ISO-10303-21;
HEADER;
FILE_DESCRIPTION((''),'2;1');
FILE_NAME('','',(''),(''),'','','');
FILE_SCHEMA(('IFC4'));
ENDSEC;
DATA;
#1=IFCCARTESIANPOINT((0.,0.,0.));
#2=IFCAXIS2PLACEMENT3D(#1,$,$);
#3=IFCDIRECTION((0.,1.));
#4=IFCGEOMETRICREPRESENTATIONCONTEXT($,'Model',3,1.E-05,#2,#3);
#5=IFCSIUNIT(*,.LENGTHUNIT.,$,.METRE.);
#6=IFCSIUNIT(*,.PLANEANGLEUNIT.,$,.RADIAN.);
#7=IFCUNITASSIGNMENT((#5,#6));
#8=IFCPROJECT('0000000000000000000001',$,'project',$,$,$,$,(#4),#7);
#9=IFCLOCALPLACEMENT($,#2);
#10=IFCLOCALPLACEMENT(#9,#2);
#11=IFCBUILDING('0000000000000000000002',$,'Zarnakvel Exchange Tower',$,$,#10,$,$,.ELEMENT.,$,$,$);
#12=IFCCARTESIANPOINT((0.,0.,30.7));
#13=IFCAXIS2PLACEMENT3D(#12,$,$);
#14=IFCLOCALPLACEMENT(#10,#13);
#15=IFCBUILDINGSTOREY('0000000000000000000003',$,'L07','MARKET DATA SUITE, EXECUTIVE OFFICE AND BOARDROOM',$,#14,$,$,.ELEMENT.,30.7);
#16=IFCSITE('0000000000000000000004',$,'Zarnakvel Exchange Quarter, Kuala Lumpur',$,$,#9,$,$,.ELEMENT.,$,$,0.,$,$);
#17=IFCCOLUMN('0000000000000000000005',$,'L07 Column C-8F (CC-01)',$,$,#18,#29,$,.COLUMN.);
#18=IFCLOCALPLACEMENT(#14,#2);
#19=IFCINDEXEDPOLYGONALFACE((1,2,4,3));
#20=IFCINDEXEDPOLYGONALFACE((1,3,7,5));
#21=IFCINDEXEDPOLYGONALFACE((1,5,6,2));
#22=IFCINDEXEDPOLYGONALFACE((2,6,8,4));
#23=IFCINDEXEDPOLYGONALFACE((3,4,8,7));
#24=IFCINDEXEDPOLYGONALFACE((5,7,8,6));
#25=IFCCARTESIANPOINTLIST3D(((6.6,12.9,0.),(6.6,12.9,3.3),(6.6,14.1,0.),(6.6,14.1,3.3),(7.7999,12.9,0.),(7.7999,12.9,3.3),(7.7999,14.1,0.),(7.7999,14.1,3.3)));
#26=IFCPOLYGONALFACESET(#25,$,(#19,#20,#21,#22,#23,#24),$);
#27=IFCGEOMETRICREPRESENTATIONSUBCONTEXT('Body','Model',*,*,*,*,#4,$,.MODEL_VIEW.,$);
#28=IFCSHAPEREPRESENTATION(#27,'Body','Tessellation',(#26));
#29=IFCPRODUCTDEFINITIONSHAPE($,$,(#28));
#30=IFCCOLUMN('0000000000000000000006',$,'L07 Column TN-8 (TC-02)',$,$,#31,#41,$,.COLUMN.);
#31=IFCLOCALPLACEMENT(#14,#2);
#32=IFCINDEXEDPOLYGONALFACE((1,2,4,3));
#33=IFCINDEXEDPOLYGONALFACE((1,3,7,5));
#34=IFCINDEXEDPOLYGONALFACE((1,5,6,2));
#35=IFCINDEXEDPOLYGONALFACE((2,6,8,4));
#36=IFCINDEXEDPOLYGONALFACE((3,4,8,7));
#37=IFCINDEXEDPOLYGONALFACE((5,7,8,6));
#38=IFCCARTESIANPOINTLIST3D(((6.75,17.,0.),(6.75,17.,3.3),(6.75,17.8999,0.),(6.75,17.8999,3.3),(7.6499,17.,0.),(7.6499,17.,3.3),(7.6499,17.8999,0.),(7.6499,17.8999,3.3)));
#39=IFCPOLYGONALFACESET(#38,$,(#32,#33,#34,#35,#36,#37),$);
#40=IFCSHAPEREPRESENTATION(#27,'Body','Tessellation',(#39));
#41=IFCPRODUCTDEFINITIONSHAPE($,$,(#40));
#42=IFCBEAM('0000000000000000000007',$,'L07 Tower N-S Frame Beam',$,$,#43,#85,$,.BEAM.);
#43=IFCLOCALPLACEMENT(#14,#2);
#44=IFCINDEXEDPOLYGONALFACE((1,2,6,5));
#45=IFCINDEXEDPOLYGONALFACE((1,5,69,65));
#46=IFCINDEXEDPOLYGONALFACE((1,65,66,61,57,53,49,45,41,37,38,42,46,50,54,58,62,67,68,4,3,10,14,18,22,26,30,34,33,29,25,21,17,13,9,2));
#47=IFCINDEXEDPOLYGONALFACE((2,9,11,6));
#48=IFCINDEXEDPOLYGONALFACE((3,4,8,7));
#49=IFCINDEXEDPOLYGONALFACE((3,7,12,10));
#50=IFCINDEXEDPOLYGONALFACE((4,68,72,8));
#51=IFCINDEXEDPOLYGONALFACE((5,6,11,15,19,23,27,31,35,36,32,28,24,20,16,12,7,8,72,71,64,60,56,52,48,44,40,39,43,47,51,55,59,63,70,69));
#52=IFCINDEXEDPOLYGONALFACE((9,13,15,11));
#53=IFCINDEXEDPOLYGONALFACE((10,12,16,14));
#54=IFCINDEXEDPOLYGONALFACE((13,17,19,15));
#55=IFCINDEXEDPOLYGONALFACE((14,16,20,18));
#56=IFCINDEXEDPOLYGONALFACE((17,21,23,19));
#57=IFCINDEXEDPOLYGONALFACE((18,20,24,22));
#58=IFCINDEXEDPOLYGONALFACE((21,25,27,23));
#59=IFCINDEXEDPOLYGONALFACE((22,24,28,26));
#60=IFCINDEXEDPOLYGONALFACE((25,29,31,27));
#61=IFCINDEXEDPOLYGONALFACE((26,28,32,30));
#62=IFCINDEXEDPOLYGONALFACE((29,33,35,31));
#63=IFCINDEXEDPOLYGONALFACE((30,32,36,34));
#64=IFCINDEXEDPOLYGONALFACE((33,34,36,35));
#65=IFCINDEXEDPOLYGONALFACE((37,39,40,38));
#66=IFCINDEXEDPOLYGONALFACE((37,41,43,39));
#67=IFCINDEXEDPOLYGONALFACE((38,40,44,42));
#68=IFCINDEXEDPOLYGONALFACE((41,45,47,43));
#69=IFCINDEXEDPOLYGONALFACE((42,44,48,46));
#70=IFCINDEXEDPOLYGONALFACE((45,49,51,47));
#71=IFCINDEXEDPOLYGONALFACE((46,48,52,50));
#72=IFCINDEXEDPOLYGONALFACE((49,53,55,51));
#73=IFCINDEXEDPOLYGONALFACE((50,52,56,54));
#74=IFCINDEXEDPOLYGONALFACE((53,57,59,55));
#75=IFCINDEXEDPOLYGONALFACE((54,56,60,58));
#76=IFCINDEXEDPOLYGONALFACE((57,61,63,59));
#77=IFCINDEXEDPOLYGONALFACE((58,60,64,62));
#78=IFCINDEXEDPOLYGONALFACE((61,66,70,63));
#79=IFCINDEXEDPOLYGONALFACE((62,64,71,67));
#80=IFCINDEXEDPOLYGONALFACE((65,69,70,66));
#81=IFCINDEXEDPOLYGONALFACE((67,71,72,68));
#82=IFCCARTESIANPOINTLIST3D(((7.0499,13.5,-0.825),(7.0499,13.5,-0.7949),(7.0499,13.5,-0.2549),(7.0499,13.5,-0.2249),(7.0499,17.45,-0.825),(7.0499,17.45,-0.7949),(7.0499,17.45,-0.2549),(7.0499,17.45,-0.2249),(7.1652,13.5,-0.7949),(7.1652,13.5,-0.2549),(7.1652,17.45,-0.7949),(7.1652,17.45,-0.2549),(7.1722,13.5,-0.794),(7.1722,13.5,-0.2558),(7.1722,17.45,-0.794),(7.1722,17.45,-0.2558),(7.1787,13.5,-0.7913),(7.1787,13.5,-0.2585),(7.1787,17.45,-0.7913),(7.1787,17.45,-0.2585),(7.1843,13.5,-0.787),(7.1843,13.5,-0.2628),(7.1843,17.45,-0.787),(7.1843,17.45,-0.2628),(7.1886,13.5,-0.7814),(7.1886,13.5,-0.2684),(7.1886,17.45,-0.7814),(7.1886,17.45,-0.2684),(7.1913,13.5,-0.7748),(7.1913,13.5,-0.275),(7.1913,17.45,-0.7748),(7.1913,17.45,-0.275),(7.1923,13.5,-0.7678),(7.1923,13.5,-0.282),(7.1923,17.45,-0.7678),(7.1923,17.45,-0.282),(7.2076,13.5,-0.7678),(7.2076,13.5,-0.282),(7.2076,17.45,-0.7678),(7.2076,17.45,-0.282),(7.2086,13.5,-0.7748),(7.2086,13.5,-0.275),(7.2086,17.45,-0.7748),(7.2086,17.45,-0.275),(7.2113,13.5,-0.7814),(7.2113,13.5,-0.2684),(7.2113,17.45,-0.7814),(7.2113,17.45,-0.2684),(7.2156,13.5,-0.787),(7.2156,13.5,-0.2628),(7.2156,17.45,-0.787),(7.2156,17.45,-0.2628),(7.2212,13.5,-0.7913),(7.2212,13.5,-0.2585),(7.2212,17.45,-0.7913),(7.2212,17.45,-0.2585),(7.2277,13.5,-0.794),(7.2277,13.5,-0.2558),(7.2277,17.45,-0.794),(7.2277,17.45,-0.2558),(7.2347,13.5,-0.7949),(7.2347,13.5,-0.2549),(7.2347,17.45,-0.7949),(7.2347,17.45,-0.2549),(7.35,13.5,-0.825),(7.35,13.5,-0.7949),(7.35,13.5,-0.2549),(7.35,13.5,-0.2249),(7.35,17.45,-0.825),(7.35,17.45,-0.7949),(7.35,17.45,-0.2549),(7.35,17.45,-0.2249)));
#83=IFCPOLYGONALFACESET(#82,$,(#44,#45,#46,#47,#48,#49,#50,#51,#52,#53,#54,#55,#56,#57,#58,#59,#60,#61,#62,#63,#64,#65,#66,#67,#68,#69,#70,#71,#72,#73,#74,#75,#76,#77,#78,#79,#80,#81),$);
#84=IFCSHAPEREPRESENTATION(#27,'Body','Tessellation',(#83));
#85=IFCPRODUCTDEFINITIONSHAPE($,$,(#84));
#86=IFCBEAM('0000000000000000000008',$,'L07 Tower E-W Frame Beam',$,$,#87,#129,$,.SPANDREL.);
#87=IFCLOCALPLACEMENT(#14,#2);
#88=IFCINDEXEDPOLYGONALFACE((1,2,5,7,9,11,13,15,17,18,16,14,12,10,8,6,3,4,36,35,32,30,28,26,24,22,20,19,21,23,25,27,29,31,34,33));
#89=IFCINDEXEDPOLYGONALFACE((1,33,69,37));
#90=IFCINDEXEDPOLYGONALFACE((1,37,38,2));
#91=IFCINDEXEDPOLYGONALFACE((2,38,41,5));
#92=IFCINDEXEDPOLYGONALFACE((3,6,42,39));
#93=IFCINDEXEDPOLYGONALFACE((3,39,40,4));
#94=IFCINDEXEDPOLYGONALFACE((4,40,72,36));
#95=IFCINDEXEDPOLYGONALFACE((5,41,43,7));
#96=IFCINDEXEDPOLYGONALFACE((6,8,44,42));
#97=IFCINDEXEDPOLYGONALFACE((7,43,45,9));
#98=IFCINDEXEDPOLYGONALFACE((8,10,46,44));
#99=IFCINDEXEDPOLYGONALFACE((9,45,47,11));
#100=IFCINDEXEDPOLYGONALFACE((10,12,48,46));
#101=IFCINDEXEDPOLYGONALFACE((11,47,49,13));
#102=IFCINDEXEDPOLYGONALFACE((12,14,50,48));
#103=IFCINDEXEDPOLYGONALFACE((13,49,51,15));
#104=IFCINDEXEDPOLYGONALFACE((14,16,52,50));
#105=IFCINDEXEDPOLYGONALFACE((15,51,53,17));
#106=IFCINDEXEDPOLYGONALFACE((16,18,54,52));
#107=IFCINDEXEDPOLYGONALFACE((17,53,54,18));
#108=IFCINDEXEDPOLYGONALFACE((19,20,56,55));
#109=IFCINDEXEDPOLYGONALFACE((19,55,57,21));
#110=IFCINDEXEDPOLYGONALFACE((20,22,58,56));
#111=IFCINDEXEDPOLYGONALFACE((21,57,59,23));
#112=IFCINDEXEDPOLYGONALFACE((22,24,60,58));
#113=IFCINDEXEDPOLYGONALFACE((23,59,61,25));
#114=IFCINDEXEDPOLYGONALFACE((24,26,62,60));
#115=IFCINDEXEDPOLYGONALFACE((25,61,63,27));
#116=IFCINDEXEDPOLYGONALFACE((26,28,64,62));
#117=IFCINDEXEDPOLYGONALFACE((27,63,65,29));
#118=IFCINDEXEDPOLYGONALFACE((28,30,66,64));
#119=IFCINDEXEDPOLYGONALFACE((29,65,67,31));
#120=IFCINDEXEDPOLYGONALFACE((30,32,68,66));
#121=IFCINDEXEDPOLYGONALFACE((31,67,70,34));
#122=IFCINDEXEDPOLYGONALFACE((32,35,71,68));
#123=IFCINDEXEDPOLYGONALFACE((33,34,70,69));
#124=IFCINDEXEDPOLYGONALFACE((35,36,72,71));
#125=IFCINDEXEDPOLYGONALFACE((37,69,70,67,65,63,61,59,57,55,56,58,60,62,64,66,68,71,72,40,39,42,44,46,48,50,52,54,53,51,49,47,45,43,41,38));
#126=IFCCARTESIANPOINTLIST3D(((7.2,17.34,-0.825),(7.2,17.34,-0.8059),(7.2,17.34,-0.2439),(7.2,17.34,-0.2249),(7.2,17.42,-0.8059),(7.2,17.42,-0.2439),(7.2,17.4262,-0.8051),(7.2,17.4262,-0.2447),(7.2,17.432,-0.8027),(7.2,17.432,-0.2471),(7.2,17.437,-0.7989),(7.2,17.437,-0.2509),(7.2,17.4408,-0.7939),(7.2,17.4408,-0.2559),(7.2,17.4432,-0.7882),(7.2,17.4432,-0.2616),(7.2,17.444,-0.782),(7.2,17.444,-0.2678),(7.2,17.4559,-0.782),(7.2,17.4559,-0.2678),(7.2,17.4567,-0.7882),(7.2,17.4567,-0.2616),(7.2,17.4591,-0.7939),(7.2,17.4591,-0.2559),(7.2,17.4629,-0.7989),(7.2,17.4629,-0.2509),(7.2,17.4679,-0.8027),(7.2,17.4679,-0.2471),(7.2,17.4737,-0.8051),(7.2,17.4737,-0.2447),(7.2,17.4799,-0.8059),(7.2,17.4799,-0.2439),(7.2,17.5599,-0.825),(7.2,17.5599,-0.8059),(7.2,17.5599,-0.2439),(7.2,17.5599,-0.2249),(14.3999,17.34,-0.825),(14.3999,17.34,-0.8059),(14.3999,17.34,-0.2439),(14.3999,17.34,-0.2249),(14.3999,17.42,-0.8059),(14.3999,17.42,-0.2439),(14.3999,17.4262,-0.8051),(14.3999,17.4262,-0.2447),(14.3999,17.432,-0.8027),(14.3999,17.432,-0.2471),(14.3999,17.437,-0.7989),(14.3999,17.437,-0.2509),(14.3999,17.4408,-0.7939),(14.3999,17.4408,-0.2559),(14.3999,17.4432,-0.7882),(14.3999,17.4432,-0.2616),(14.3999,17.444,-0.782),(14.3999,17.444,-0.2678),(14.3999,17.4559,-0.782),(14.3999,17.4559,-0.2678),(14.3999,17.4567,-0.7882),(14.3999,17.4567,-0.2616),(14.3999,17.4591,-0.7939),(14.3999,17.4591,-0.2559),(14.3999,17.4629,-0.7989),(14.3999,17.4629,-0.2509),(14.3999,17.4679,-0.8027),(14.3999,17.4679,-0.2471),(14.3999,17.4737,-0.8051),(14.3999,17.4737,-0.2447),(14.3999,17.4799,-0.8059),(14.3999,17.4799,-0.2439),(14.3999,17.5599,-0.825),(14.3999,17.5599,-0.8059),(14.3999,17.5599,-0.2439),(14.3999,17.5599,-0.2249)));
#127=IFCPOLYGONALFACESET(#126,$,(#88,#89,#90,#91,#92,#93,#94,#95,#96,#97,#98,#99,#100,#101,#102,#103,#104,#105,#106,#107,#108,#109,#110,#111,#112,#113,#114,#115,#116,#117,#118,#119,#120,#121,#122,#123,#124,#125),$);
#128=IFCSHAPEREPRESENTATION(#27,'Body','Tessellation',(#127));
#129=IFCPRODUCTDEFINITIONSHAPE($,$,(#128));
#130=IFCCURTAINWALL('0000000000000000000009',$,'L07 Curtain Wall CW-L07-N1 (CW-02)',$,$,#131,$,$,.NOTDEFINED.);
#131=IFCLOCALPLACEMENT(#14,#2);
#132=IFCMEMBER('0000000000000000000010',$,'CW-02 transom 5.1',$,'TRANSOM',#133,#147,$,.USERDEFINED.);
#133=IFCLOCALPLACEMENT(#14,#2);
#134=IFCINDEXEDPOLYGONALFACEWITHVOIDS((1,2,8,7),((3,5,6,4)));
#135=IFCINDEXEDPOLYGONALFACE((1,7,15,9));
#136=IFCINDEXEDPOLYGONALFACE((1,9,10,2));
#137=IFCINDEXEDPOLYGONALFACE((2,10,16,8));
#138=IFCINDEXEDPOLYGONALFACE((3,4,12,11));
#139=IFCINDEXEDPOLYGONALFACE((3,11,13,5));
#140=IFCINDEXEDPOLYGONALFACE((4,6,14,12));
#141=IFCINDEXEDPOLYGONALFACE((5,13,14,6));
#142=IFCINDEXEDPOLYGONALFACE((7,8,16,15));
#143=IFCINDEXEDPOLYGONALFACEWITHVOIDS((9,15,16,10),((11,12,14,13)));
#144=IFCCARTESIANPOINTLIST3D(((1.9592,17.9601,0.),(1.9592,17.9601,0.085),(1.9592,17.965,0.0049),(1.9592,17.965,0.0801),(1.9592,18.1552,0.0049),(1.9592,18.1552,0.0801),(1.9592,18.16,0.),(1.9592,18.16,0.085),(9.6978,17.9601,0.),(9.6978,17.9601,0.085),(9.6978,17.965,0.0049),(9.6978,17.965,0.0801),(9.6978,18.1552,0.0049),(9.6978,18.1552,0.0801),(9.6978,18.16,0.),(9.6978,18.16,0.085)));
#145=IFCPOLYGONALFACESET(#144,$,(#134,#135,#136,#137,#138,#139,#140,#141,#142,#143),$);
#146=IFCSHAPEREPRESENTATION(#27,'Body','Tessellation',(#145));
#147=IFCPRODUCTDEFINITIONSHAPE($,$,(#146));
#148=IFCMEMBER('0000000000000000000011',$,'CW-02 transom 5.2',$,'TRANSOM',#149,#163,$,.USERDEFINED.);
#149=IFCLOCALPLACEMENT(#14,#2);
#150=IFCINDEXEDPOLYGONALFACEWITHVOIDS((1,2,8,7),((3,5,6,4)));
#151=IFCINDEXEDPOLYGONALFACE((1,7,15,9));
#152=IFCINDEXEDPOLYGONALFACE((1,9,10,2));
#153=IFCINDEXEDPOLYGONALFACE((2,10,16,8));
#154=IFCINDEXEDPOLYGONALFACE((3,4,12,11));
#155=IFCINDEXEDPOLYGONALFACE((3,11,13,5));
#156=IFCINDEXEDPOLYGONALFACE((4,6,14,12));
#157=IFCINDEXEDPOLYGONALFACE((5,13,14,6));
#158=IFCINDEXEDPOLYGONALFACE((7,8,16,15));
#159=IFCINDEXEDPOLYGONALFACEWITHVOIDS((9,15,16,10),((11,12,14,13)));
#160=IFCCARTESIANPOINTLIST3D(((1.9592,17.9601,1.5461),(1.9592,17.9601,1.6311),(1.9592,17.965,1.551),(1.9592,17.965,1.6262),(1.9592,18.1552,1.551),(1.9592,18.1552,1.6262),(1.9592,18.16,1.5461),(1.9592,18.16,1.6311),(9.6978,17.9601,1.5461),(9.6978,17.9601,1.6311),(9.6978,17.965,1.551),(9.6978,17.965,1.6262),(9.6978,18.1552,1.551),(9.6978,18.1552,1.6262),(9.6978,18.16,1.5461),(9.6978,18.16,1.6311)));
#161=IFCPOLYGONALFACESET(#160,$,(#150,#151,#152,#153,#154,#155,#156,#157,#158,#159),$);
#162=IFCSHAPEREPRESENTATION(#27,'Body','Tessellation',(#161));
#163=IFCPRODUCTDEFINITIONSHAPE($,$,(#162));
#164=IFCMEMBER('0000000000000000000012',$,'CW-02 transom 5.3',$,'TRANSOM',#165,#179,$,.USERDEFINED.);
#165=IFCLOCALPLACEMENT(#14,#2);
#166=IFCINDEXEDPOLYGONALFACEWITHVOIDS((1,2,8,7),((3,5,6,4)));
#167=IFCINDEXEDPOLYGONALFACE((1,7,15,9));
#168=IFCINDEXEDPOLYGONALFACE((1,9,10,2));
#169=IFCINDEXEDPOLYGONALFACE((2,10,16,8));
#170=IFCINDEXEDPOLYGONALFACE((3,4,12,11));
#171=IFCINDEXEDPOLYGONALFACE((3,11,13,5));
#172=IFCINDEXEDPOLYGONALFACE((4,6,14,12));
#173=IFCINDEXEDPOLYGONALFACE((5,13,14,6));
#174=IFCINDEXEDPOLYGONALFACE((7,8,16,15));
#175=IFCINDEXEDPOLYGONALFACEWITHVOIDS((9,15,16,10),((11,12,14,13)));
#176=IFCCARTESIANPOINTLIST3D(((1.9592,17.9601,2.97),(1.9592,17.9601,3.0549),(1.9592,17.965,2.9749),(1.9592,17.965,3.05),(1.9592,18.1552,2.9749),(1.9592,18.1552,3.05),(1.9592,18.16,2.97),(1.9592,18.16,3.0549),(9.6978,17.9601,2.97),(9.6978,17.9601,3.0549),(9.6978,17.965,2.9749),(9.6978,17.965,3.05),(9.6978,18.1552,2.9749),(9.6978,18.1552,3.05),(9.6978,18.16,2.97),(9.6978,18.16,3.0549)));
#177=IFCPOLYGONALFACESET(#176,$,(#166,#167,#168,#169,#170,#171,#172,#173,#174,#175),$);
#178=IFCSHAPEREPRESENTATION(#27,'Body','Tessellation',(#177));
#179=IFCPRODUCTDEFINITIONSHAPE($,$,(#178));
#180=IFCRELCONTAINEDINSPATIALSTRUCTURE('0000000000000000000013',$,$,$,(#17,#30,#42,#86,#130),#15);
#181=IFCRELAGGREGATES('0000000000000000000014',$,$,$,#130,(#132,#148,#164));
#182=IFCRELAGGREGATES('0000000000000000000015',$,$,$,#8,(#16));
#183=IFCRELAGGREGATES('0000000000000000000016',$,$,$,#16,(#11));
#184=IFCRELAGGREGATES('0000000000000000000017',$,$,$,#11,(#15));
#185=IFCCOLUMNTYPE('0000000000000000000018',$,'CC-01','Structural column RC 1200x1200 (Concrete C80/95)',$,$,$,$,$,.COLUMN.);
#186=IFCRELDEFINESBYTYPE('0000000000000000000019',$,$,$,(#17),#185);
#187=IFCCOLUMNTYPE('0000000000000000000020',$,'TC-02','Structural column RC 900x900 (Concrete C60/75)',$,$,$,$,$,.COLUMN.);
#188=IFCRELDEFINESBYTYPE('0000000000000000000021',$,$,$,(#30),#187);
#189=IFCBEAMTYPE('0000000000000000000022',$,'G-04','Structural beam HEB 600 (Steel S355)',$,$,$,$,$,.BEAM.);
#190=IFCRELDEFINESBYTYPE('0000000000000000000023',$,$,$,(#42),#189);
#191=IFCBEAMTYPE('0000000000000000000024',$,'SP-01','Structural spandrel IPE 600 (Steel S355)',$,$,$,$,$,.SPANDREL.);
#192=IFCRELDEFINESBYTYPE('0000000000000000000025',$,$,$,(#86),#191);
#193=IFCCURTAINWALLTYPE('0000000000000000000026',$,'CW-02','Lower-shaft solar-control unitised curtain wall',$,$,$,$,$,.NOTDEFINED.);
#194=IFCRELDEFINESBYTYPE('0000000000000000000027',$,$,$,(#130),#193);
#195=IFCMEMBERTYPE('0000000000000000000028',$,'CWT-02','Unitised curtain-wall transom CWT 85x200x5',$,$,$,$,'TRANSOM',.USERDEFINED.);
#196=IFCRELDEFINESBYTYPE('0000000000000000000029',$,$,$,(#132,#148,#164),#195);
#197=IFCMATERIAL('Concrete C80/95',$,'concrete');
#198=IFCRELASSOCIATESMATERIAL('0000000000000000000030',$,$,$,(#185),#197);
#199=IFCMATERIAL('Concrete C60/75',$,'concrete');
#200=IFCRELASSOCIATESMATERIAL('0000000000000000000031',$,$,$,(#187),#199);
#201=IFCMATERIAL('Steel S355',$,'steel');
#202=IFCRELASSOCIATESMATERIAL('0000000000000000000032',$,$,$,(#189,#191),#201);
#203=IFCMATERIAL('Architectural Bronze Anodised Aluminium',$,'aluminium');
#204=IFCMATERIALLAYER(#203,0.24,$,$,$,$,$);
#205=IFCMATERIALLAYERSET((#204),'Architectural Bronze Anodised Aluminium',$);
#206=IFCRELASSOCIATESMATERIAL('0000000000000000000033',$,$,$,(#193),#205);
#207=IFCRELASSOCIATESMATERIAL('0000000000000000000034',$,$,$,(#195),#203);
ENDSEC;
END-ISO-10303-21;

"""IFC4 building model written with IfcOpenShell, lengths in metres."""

from ifc_helpers import new_model, si_unit, direction, frame, origin, origin_2d, place, context, subcontext, project, spatial, rectangle, hollow_rectangle, i_section, extrude, source, transform, mapped, material, layer, layer_set, material_profile, profile_set, type_object, element, aggregate, save


model = new_model("IFC4")

# Units and contexts
model_context = context("Model", 3, precision=1e-05, world=origin(), true_north=direction((0.0, 1.0)))
body_context = subcontext(model_context, "Body", "Model", "MODEL_VIEW")
ifc_project = project(units=[si_unit("LENGTHUNIT", "METRE"), si_unit("PLANEANGLEUNIT", "RADIAN")], contexts=[model_context])

# Site, building, storey
site_placement = place(None, origin())
site = spatial("IfcSite", under=ifc_project, at=site_placement, Name="Zarnakvel Exchange Quarter, Kuala Lumpur", CompositionType="ELEMENT", RefElevation=0.0)
building_placement = place(site_placement, origin())
building = spatial("IfcBuilding", under=site, at=building_placement, Name="Zarnakvel Exchange Tower", CompositionType="ELEMENT")
storey_placement = place(building_placement, frame((0.0, 0.0, 30.7)))
storey = spatial("IfcBuildingStorey", under=building, at=storey_placement, Name="L07", Description="MARKET DATA SUITE, EXECUTIVE OFFICE AND BOARDROOM", CompositionType="ELEMENT", Elevation=30.7)

# Columns
ifc_material_1 = material(Name="Concrete C80/95", Category="concrete")
ifc_material_profile_1 = material_profile(ifc_material_1, rectangle(XDim=1.2, YDim=1.2, at=origin_2d()))
ifc_profile_set_1 = profile_set([ifc_material_profile_1], Name="Concrete C80/95")
column_type_1 = type_object("IfcColumnType", Name="CC-01", Description="Structural column RC 1200x1200 (Concrete C80/95)", PredefinedType="COLUMN", material=ifc_profile_set_1)
column_1_placement = place(storey_placement, frame((7.2, 13.5, 0.0), z_axis=(0.0, 0.0, 1.0), x_axis=(1.0, 0.0, 0.0)))
element("IfcColumn", 1, at=column_1_placement, inside=storey, type_object=column_type_1, Name="L07 Column C-8F (CC-01)", PredefinedType="COLUMN", context=body_context, shape_type="SweptSolid", body=[
    extrude(rectangle(XDim=1.2, YDim=1.2, at=origin_2d()), origin(), (0.0, 0.0, 1.0), 3.3),
])
ifc_material_2 = material(Name="Concrete C60/75", Category="concrete")
ifc_material_profile_2 = material_profile(ifc_material_2, rectangle(XDim=0.8999, YDim=0.8999, at=origin_2d()))
ifc_profile_set_2 = profile_set([ifc_material_profile_2], Name="Concrete C60/75")
column_type_2 = type_object("IfcColumnType", Name="TC-02", Description="Structural column RC 900x900 (Concrete C60/75)", PredefinedType="COLUMN", material=ifc_profile_set_2)
column_2_placement = place(storey_placement, frame((7.2, 17.45, 0.0), z_axis=(0.0, 0.0, 1.0), x_axis=(1.0, 0.0, 0.0)))
element("IfcColumn", 2, at=column_2_placement, inside=storey, type_object=column_type_2, Name="L07 Column TN-8 (TC-02)", PredefinedType="COLUMN", context=body_context, shape_type="SweptSolid", body=[
    extrude(rectangle(XDim=0.8999, YDim=0.8999, at=origin_2d()), origin(), (0.0, 0.0, 1.0), 3.3),
])

# Beams
ifc_material_3 = material(Name="Steel S355", Category="steel")
ifc_material_profile_3 = material_profile(ifc_material_3, i_section(OverallWidth=0.3, OverallDepth=0.6001, WebThickness=0.0154, FlangeThickness=0.03, FilletRadius=0.0271, at=origin_2d()))
ifc_profile_set_3 = profile_set([ifc_material_profile_3], Name="Steel S355")
beam_type_1 = type_object("IfcBeamType", Name="G-04", Description="Structural beam HEB 600 (Steel S355)", PredefinedType="BEAM", material=ifc_profile_set_3)
beam_1_placement = place(storey_placement, frame((7.2, 13.5, -0.5249), z_axis=(0.0, 1.0, 0.0), x_axis=(-1.0, 0.0, 0.0)))
element("IfcBeam", 3, at=beam_1_placement, inside=storey, type_object=beam_type_1, Name="L07 Tower N-S Frame Beam", PredefinedType="BEAM", context=body_context, shape_type="SweptSolid", body=[
    extrude(i_section(OverallWidth=0.3, OverallDepth=0.6001, WebThickness=0.0154, FlangeThickness=0.03, FilletRadius=0.0271, at=origin_2d()), origin(), (0.0, 0.0, 1.0), 3.95),
])
ifc_material_profile_4 = material_profile(ifc_material_3, i_section(OverallWidth=0.22, OverallDepth=0.6001, WebThickness=0.012, FlangeThickness=0.019, FilletRadius=0.0239, at=origin_2d()))
ifc_profile_set_4 = profile_set([ifc_material_profile_4], Name="Steel S355")
beam_type_2 = type_object("IfcBeamType", Name="SP-01", Description="Structural spandrel IPE 600 (Steel S355)", PredefinedType="SPANDREL", material=ifc_profile_set_4)
beam_2_placement = place(storey_placement, frame((7.2, 17.45, -0.5249), z_axis=(1.0, 0.0, 0.0), x_axis=(0.0, 1.0, 0.0)))
element("IfcBeam", 4, at=beam_2_placement, inside=storey, type_object=beam_type_2, Name="L07 Tower E-W Frame Beam", PredefinedType="SPANDREL", context=body_context, shape_type="SweptSolid", body=[
    extrude(i_section(OverallWidth=0.22, OverallDepth=0.6001, WebThickness=0.012, FlangeThickness=0.019, FilletRadius=0.0239, at=origin_2d()), origin(), (0.0, 0.0, 1.0), 7.2),
])

# Curtain wall, members
ifc_material_4 = material(Name="Architectural Bronze Anodised Aluminium", Category="aluminium")
ifc_layer_1 = layer(ifc_material_4, 0.24)
ifc_layer_set_1 = layer_set([ifc_layer_1], Name="Architectural Bronze Anodised Aluminium")
curtain_wall_type = type_object("IfcCurtainWallType", Name="CW-02", Description="Lower-shaft solar-control unitised curtain wall", PredefinedType="NOTDEFINED", material=ifc_layer_set_1)
curtain_wall_placement = place(storey_placement, origin())
curtain_wall = element("IfcCurtainWall", 5, at=curtain_wall_placement, inside=storey, type_object=curtain_wall_type, Name="L07 Curtain Wall CW-L07-N1 (CW-02)", PredefinedType="NOTDEFINED")
ifc_material_profile_5 = material_profile(ifc_material_4, hollow_rectangle(XDim=0.2, YDim=0.085, WallThickness=0.0049, at=origin_2d()))
ifc_profile_set_5 = profile_set([ifc_material_profile_5], Name="Architectural Bronze Anodised Aluminium")
member_type_1 = type_object("IfcMemberType", Name="CWT-02", Description="Unitised curtain-wall transom CWT 85x200x5", ElementType="TRANSOM", PredefinedType="USERDEFINED", material=ifc_profile_set_5)
shared_shape_1 = source(origin(), body_context, "Body", "SweptSolid", [
    extrude(hollow_rectangle(XDim=0.2, YDim=0.085, WallThickness=0.0049, at=origin_2d()), origin(), (0.0, 0.0, 1.0), 7.7385),
])
member_1_placement = place(storey_placement, frame((1.9592, 18.0601, 0.0425), z_axis=(1.0, 0.0, 0.0), x_axis=(0.0, 1.0, 0.0)))
member_1 = element("IfcMember", 6, at=member_1_placement, type_object=member_type_1, Name="CW-02 transom 5.1", ObjectType="TRANSOM", PredefinedType="USERDEFINED", context=body_context, shape_type="MappedRepresentation", body=[
    mapped(shared_shape_1, transform((0.0, 0.0, 0.0), x_axis=(1.0, 0.0, 0.0), y_axis=(0.0, 1.0, 0.0), z_axis=(0.0, 0.0, 1.0), scale=1.0)),
])
member_2_placement = place(storey_placement, frame((1.9592, 18.0601, 1.5886), z_axis=(1.0, 0.0, 0.0), x_axis=(0.0, 1.0, 0.0)))
member_2 = element("IfcMember", 7, at=member_2_placement, type_object=member_type_1, Name="CW-02 transom 5.2", ObjectType="TRANSOM", PredefinedType="USERDEFINED", context=body_context, shape_type="MappedRepresentation", body=[
    mapped(shared_shape_1, transform((0.0, 0.0, 0.0), x_axis=(1.0, 0.0, 0.0), y_axis=(0.0, 1.0, 0.0), z_axis=(0.0, 0.0, 1.0), scale=1.0)),
])
member_3_placement = place(storey_placement, frame((1.9592, 18.0601, 3.0125), z_axis=(1.0, 0.0, 0.0), x_axis=(0.0, 1.0, 0.0)))
member_3 = element("IfcMember", 8, at=member_3_placement, type_object=member_type_1, Name="CW-02 transom 5.3", ObjectType="TRANSOM", PredefinedType="USERDEFINED", context=body_context, shape_type="MappedRepresentation", body=[
    mapped(shared_shape_1, transform((0.0, 0.0, 0.0), x_axis=(1.0, 0.0, 0.0), y_axis=(0.0, 1.0, 0.0), z_axis=(0.0, 0.0, 1.0), scale=1.0)),
])
aggregate(curtain_wall, [member_1, member_2, member_3])

save(model, "model.ifc")
